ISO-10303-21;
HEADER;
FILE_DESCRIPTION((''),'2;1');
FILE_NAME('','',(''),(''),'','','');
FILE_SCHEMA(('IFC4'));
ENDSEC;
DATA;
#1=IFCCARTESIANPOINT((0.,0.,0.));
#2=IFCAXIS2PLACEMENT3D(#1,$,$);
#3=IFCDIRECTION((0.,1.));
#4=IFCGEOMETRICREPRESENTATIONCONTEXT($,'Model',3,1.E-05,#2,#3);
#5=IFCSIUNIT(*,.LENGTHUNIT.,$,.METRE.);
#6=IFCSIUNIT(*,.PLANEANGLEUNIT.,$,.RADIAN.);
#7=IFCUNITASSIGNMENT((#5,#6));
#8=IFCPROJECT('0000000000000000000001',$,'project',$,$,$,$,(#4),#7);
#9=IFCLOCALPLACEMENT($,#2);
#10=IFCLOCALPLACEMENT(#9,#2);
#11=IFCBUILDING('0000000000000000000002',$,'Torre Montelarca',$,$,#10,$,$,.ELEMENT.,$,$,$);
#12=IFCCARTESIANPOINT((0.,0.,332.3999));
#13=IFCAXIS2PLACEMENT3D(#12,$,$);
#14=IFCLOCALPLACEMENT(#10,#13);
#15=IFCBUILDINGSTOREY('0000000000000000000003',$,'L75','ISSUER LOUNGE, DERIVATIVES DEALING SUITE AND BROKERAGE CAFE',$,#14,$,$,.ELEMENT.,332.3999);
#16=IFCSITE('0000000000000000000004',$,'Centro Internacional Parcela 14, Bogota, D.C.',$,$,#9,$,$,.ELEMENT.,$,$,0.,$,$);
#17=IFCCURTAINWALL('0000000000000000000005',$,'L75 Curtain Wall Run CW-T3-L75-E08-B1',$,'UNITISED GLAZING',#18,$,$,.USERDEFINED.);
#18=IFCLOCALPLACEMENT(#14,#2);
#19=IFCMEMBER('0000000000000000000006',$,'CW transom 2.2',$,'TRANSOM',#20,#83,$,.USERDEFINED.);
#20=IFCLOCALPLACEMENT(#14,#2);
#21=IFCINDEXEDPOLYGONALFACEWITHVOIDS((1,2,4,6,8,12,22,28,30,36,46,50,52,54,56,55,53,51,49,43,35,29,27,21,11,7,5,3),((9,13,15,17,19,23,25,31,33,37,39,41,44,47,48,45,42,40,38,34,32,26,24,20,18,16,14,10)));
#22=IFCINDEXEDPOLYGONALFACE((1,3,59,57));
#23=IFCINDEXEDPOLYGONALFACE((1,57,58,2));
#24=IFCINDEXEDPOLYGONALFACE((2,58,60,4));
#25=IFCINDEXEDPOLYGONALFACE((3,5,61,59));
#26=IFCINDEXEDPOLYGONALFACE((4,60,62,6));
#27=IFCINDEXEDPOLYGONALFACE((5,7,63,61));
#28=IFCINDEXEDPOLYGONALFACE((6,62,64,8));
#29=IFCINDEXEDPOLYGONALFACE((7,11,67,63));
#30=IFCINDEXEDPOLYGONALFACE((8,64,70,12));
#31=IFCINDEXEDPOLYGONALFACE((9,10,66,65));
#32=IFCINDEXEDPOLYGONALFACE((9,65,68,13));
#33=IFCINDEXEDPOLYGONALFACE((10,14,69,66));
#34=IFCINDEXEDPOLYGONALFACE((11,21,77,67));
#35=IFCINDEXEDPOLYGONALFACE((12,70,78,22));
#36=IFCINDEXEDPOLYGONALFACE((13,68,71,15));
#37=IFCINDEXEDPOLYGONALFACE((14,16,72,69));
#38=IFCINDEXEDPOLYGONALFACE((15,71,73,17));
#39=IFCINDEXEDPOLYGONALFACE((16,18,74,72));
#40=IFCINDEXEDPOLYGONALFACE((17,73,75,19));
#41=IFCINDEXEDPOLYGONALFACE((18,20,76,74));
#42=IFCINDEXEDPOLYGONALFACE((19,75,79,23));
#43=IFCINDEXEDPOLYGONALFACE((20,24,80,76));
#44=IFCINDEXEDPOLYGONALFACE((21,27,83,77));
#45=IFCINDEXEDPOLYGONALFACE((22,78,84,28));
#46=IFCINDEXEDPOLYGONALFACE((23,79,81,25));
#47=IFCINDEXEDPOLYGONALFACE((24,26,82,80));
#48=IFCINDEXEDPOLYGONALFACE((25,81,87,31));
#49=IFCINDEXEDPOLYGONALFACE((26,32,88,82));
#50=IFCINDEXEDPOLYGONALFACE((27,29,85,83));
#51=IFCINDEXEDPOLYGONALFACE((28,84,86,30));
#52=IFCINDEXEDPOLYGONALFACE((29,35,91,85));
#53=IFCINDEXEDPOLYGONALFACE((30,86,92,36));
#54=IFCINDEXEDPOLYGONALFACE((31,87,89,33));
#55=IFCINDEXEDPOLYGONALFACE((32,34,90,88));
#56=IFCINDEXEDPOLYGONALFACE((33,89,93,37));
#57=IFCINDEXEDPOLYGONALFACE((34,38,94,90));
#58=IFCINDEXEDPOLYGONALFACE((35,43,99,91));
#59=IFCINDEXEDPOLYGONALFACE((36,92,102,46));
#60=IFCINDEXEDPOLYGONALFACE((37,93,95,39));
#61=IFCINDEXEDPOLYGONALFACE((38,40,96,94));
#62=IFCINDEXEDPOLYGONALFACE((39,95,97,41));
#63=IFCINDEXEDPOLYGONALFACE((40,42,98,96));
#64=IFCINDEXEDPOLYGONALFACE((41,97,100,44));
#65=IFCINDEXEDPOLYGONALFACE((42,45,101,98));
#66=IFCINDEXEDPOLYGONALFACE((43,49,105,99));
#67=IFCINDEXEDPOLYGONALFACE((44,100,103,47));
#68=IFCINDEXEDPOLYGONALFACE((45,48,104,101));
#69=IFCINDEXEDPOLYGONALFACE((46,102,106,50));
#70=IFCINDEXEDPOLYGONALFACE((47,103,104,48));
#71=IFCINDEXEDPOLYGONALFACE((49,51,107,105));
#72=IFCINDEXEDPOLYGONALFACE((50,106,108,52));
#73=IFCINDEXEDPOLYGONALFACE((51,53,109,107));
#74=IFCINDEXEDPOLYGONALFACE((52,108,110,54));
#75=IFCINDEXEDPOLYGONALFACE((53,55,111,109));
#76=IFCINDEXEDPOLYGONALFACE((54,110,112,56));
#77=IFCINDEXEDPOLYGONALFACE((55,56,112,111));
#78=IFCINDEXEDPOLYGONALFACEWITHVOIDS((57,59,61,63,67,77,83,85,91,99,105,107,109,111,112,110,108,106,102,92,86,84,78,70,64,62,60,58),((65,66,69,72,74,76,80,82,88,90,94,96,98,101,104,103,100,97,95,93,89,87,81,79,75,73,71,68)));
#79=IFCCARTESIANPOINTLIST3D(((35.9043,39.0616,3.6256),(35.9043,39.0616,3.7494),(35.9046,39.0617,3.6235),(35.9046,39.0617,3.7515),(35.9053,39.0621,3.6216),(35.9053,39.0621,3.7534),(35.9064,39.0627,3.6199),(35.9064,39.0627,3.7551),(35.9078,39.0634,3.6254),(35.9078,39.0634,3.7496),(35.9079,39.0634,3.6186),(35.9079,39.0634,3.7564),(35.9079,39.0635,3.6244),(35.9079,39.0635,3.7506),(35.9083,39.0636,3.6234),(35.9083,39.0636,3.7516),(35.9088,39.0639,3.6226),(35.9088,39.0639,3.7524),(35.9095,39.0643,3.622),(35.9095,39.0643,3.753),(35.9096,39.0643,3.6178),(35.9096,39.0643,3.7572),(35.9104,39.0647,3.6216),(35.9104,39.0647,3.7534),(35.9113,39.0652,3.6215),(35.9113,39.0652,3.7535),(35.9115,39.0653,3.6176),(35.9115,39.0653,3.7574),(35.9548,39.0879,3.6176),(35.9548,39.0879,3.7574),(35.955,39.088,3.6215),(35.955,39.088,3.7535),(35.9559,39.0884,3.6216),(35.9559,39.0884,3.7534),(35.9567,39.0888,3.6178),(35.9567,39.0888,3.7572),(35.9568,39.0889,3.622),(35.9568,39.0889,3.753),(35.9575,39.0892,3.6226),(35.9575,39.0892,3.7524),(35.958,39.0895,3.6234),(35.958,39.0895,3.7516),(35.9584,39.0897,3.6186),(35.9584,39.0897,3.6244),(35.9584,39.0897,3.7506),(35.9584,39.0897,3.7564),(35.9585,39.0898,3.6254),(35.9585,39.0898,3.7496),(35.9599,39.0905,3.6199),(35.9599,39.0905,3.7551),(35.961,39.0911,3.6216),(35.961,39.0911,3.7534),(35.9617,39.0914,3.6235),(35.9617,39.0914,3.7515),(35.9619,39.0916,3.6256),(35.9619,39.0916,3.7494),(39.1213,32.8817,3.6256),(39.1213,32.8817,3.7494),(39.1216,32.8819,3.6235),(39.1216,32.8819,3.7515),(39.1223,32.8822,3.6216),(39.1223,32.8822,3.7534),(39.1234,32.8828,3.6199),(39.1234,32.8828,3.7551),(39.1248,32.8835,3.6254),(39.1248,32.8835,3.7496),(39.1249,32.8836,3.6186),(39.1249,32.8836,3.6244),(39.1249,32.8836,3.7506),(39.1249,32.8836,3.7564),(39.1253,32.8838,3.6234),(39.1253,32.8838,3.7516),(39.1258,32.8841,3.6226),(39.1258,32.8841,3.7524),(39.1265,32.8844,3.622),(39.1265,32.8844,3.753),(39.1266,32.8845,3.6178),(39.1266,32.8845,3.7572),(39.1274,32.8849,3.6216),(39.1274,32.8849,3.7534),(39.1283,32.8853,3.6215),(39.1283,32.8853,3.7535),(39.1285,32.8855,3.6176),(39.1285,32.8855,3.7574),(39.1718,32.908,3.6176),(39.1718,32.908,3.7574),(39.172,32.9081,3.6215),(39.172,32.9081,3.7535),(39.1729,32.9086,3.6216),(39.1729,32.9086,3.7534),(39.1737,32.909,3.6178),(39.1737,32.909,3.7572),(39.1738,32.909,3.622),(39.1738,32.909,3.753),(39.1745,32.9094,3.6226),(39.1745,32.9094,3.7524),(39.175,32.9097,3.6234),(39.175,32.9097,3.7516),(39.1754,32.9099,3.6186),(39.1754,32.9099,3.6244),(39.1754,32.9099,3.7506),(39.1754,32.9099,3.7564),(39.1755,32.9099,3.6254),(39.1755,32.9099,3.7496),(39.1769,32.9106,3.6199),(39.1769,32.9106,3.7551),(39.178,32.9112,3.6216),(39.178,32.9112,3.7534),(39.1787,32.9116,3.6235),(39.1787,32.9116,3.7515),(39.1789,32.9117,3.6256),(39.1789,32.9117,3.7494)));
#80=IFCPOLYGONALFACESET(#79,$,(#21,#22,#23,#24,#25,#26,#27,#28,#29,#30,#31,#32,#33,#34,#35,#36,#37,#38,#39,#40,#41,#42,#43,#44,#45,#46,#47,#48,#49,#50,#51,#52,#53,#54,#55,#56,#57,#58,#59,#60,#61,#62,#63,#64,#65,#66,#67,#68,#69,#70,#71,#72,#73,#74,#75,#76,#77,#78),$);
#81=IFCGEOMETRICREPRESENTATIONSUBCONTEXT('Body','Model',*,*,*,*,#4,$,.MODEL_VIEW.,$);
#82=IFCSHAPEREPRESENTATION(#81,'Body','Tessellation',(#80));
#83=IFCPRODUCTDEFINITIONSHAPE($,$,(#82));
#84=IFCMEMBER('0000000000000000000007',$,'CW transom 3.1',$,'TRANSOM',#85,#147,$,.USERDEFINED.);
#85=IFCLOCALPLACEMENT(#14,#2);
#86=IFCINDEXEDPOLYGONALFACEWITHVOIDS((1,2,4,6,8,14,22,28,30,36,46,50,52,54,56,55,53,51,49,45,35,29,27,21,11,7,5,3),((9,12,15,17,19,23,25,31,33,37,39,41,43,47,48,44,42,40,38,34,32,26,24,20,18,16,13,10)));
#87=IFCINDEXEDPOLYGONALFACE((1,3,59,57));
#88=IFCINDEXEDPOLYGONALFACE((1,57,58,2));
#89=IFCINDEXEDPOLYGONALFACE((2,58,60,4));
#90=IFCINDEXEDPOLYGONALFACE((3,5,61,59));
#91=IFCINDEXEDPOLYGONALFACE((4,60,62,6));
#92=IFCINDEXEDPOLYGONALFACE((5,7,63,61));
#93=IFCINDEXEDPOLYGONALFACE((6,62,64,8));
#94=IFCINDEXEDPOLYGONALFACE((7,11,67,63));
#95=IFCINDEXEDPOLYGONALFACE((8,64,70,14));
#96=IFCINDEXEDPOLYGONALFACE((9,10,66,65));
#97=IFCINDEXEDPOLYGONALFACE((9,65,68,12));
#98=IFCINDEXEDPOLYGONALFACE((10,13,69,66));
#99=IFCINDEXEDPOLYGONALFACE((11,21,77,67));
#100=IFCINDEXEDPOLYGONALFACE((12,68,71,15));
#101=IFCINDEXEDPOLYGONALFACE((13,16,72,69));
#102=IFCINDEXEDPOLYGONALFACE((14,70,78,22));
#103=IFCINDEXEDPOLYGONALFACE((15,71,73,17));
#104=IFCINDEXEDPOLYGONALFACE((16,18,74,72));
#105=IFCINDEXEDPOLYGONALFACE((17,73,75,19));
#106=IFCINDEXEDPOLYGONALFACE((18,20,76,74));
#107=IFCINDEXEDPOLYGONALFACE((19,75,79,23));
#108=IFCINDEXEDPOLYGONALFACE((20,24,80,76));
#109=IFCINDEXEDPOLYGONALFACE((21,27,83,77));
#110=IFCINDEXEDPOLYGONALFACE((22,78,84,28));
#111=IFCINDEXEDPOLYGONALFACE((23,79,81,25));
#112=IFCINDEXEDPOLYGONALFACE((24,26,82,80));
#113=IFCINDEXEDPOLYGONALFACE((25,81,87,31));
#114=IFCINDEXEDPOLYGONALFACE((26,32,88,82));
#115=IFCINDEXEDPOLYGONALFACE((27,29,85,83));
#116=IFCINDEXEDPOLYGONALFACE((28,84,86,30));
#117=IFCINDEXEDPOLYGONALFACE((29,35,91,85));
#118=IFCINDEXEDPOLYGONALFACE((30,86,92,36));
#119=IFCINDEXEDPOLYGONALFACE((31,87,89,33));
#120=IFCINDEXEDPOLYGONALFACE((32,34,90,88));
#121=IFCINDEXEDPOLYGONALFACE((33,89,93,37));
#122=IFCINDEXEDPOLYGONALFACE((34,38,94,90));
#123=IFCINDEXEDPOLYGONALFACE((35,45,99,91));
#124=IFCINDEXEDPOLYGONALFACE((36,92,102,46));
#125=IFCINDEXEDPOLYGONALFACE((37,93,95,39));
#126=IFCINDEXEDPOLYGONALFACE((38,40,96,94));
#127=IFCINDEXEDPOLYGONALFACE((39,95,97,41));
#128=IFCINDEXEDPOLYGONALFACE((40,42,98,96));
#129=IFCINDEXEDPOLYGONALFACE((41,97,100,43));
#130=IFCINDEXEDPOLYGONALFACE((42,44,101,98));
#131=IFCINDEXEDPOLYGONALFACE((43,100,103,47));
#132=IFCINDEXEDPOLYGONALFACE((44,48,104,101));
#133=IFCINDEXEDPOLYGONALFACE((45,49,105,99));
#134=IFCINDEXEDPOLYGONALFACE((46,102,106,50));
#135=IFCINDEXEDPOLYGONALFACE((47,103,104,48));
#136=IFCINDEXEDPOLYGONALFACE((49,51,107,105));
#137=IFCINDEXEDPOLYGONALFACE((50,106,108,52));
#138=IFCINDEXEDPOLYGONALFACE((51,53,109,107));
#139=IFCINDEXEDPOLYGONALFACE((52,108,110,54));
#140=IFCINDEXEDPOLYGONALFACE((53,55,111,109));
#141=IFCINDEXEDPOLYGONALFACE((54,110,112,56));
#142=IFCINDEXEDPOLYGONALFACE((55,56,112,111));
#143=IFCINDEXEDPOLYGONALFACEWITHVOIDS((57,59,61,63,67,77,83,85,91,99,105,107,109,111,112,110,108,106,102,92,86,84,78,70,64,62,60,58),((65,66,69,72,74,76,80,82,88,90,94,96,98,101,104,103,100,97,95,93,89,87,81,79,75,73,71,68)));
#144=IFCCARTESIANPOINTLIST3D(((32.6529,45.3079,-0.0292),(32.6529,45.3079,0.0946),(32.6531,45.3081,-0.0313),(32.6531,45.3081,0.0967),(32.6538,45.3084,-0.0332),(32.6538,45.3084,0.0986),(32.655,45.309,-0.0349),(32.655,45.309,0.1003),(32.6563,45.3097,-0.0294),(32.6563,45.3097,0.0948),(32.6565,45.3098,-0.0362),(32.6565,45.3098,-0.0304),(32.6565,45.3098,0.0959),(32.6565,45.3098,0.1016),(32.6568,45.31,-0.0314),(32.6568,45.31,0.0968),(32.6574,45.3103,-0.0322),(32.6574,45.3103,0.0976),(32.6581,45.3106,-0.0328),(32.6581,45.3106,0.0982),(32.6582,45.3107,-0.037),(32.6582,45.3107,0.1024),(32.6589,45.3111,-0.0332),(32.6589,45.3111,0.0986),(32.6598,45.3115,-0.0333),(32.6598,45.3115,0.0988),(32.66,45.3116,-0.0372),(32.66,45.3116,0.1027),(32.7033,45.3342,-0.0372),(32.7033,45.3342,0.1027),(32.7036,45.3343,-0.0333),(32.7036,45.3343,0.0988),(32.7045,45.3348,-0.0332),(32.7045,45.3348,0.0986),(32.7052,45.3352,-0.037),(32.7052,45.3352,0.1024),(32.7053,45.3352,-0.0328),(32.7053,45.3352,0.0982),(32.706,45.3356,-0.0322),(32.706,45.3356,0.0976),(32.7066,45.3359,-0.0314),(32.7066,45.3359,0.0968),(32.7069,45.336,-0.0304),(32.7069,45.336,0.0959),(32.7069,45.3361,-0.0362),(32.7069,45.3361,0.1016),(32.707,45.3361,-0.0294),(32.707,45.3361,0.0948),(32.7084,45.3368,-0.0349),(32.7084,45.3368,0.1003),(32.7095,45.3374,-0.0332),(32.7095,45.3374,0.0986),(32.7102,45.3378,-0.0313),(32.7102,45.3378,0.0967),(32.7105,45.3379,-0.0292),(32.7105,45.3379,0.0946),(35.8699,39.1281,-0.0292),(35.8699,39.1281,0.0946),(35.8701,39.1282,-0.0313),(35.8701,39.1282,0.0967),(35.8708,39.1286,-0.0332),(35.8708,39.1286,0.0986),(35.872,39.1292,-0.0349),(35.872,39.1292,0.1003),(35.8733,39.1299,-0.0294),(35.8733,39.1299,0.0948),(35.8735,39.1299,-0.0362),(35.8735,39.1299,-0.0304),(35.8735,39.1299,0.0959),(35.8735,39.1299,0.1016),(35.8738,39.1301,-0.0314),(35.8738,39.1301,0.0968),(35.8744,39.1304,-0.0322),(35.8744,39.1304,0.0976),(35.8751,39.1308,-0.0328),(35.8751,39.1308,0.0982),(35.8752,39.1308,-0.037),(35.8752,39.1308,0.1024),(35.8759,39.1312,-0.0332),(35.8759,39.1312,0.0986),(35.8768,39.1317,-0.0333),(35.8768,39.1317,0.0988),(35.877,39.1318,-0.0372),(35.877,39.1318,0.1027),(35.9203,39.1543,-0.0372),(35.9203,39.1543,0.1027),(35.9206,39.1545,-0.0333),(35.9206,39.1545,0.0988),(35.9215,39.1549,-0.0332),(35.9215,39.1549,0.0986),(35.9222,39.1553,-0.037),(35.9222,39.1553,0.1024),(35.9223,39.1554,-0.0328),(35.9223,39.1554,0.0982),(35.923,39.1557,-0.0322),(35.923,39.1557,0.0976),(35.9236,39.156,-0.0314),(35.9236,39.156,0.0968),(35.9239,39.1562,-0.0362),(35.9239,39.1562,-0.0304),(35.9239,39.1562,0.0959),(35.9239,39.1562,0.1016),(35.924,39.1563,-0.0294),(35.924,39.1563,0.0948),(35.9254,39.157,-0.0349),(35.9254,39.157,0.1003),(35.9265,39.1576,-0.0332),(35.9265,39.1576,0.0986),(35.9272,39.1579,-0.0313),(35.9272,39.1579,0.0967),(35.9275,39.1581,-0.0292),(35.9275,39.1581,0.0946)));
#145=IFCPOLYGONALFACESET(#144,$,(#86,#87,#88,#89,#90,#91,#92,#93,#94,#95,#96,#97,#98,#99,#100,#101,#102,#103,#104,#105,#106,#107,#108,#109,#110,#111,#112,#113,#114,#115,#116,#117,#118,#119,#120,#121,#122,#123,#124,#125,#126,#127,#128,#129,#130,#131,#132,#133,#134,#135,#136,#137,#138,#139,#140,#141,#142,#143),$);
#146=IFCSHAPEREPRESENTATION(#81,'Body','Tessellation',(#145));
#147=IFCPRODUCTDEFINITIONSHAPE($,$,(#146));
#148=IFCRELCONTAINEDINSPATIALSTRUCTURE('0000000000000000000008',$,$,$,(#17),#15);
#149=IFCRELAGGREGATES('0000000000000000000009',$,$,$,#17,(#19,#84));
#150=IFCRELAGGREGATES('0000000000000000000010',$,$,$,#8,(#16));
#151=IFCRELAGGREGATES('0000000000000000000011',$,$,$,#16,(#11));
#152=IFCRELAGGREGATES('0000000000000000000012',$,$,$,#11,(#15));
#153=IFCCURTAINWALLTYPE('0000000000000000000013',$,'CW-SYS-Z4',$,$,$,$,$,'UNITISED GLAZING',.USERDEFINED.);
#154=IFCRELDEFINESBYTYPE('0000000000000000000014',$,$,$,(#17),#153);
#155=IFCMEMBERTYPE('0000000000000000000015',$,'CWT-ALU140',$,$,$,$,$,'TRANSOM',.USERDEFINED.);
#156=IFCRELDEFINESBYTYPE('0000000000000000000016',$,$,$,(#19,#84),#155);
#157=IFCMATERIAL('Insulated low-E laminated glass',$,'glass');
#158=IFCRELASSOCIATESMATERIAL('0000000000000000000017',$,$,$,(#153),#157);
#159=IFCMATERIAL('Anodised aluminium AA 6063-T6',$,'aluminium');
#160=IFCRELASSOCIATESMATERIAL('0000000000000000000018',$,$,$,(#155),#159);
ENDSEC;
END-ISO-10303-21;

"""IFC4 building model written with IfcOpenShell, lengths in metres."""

from ifc_helpers import new_model, si_unit, direction, frame, origin, origin_2d, place, context, subcontext, project, spatial, hollow_rectangle, extrude, source, transform, mapped, material, material_profile, profile_set, type_object, element, aggregate, save


model = new_model("IFC4")

# Units and contexts
model_context = context("Model", 3, precision=1e-05, world=origin(), true_north=direction((0.0, 1.0)))
body_context = subcontext(model_context, "Body", "Model", "MODEL_VIEW")
ifc_project = project(units=[si_unit("LENGTHUNIT", "METRE"), si_unit("PLANEANGLEUNIT", "RADIAN")], contexts=[model_context])

# Site, building, storey
site_placement = place(None, origin())
site = spatial("IfcSite", under=ifc_project, at=site_placement, Name="Centro Internacional Parcela 14, Bogota, D.C.", CompositionType="ELEMENT", RefElevation=0.0)
building_placement = place(site_placement, origin())
building = spatial("IfcBuilding", under=site, at=building_placement, Name="Torre Montelarca", CompositionType="ELEMENT")
storey_placement = place(building_placement, frame((0.0, 0.0, 332.3999)))
storey = spatial("IfcBuildingStorey", under=building, at=storey_placement, Name="L75", Description="ISSUER LOUNGE, DERIVATIVES DEALING SUITE AND BROKERAGE CAFE", CompositionType="ELEMENT", Elevation=332.3999)

# Curtain wall
ifc_material_1 = material(Name="Insulated low-E laminated glass", Category="glass")
curtain_wall_type = type_object("IfcCurtainWallType", Name="CW-SYS-Z4", ElementType="UNITISED GLAZING", PredefinedType="USERDEFINED", material=ifc_material_1)
curtain_wall_1_placement = place(storey_placement, origin())
curtain_wall_1 = element("IfcCurtainWall", 1, at=curtain_wall_1_placement, inside=storey, type_object=curtain_wall_type, Name="L75 Curtain Wall Run CW-T3-L75-E08-B1", ObjectType="UNITISED GLAZING", PredefinedType="USERDEFINED")
ifc_material_2 = material(Name="Anodised aluminium AA 6063-T6", Category="aluminium")
ifc_material_profile_1 = material_profile(ifc_material_2, hollow_rectangle(XDim=0.0649, YDim=0.1399, WallThickness=0.0039, InnerFilletRadius=0.0039, OuterFilletRadius=0.0081, at=origin_2d()), Name="ALU65X140X4", Category="aluminium")
ifc_profile_set_1 = profile_set([ifc_material_profile_1], Name="Anodised aluminium AA 6063-T6")
member_type_1 = type_object("IfcMemberType", Name="CWT-ALU140", ElementType="TRANSOM", PredefinedType="USERDEFINED", material=ifc_profile_set_1)

# Members
shared_shape_1 = source(origin(), body_context, "Body", "SweptSolid", [
    extrude(hollow_rectangle(XDim=0.0649, YDim=0.1399, WallThickness=0.0039, InnerFilletRadius=0.0039, OuterFilletRadius=0.0081, at=origin_2d()), origin(), (0.0, 0.0, 1.0), 6.967),
])
member_1_placement = place(storey_placement, frame((39.1501, 32.8967, 3.6875), z_axis=(-0.461745, 0.887012, 0.0), x_axis=(-0.887012, -0.461745, 0.0)))
member_1 = element("IfcMember", 2, at=member_1_placement, type_object=member_type_1, Name="CW transom 2.2", ObjectType="TRANSOM", PredefinedType="USERDEFINED", context=body_context, shape_type="MappedRepresentation", body=[
    mapped(shared_shape_1, transform((0.0, 0.0, 0.0), scale=1.0)),
])
member_2_placement = place(storey_placement, frame((35.8987, 39.1431, 0.0327), z_axis=(-0.461745, 0.887012, 0.0), x_axis=(-0.887012, -0.461745, 0.0)))
member_2 = element("IfcMember", 3, at=member_2_placement, type_object=member_type_1, Name="CW transom 3.1", ObjectType="TRANSOM", PredefinedType="USERDEFINED", context=body_context, shape_type="MappedRepresentation", body=[
    mapped(shared_shape_1, transform((0.0, 0.0, 0.0), scale=1.0)),
])

aggregate(curtain_wall_1, [member_1, member_2])

save(model, "model.ifc")
